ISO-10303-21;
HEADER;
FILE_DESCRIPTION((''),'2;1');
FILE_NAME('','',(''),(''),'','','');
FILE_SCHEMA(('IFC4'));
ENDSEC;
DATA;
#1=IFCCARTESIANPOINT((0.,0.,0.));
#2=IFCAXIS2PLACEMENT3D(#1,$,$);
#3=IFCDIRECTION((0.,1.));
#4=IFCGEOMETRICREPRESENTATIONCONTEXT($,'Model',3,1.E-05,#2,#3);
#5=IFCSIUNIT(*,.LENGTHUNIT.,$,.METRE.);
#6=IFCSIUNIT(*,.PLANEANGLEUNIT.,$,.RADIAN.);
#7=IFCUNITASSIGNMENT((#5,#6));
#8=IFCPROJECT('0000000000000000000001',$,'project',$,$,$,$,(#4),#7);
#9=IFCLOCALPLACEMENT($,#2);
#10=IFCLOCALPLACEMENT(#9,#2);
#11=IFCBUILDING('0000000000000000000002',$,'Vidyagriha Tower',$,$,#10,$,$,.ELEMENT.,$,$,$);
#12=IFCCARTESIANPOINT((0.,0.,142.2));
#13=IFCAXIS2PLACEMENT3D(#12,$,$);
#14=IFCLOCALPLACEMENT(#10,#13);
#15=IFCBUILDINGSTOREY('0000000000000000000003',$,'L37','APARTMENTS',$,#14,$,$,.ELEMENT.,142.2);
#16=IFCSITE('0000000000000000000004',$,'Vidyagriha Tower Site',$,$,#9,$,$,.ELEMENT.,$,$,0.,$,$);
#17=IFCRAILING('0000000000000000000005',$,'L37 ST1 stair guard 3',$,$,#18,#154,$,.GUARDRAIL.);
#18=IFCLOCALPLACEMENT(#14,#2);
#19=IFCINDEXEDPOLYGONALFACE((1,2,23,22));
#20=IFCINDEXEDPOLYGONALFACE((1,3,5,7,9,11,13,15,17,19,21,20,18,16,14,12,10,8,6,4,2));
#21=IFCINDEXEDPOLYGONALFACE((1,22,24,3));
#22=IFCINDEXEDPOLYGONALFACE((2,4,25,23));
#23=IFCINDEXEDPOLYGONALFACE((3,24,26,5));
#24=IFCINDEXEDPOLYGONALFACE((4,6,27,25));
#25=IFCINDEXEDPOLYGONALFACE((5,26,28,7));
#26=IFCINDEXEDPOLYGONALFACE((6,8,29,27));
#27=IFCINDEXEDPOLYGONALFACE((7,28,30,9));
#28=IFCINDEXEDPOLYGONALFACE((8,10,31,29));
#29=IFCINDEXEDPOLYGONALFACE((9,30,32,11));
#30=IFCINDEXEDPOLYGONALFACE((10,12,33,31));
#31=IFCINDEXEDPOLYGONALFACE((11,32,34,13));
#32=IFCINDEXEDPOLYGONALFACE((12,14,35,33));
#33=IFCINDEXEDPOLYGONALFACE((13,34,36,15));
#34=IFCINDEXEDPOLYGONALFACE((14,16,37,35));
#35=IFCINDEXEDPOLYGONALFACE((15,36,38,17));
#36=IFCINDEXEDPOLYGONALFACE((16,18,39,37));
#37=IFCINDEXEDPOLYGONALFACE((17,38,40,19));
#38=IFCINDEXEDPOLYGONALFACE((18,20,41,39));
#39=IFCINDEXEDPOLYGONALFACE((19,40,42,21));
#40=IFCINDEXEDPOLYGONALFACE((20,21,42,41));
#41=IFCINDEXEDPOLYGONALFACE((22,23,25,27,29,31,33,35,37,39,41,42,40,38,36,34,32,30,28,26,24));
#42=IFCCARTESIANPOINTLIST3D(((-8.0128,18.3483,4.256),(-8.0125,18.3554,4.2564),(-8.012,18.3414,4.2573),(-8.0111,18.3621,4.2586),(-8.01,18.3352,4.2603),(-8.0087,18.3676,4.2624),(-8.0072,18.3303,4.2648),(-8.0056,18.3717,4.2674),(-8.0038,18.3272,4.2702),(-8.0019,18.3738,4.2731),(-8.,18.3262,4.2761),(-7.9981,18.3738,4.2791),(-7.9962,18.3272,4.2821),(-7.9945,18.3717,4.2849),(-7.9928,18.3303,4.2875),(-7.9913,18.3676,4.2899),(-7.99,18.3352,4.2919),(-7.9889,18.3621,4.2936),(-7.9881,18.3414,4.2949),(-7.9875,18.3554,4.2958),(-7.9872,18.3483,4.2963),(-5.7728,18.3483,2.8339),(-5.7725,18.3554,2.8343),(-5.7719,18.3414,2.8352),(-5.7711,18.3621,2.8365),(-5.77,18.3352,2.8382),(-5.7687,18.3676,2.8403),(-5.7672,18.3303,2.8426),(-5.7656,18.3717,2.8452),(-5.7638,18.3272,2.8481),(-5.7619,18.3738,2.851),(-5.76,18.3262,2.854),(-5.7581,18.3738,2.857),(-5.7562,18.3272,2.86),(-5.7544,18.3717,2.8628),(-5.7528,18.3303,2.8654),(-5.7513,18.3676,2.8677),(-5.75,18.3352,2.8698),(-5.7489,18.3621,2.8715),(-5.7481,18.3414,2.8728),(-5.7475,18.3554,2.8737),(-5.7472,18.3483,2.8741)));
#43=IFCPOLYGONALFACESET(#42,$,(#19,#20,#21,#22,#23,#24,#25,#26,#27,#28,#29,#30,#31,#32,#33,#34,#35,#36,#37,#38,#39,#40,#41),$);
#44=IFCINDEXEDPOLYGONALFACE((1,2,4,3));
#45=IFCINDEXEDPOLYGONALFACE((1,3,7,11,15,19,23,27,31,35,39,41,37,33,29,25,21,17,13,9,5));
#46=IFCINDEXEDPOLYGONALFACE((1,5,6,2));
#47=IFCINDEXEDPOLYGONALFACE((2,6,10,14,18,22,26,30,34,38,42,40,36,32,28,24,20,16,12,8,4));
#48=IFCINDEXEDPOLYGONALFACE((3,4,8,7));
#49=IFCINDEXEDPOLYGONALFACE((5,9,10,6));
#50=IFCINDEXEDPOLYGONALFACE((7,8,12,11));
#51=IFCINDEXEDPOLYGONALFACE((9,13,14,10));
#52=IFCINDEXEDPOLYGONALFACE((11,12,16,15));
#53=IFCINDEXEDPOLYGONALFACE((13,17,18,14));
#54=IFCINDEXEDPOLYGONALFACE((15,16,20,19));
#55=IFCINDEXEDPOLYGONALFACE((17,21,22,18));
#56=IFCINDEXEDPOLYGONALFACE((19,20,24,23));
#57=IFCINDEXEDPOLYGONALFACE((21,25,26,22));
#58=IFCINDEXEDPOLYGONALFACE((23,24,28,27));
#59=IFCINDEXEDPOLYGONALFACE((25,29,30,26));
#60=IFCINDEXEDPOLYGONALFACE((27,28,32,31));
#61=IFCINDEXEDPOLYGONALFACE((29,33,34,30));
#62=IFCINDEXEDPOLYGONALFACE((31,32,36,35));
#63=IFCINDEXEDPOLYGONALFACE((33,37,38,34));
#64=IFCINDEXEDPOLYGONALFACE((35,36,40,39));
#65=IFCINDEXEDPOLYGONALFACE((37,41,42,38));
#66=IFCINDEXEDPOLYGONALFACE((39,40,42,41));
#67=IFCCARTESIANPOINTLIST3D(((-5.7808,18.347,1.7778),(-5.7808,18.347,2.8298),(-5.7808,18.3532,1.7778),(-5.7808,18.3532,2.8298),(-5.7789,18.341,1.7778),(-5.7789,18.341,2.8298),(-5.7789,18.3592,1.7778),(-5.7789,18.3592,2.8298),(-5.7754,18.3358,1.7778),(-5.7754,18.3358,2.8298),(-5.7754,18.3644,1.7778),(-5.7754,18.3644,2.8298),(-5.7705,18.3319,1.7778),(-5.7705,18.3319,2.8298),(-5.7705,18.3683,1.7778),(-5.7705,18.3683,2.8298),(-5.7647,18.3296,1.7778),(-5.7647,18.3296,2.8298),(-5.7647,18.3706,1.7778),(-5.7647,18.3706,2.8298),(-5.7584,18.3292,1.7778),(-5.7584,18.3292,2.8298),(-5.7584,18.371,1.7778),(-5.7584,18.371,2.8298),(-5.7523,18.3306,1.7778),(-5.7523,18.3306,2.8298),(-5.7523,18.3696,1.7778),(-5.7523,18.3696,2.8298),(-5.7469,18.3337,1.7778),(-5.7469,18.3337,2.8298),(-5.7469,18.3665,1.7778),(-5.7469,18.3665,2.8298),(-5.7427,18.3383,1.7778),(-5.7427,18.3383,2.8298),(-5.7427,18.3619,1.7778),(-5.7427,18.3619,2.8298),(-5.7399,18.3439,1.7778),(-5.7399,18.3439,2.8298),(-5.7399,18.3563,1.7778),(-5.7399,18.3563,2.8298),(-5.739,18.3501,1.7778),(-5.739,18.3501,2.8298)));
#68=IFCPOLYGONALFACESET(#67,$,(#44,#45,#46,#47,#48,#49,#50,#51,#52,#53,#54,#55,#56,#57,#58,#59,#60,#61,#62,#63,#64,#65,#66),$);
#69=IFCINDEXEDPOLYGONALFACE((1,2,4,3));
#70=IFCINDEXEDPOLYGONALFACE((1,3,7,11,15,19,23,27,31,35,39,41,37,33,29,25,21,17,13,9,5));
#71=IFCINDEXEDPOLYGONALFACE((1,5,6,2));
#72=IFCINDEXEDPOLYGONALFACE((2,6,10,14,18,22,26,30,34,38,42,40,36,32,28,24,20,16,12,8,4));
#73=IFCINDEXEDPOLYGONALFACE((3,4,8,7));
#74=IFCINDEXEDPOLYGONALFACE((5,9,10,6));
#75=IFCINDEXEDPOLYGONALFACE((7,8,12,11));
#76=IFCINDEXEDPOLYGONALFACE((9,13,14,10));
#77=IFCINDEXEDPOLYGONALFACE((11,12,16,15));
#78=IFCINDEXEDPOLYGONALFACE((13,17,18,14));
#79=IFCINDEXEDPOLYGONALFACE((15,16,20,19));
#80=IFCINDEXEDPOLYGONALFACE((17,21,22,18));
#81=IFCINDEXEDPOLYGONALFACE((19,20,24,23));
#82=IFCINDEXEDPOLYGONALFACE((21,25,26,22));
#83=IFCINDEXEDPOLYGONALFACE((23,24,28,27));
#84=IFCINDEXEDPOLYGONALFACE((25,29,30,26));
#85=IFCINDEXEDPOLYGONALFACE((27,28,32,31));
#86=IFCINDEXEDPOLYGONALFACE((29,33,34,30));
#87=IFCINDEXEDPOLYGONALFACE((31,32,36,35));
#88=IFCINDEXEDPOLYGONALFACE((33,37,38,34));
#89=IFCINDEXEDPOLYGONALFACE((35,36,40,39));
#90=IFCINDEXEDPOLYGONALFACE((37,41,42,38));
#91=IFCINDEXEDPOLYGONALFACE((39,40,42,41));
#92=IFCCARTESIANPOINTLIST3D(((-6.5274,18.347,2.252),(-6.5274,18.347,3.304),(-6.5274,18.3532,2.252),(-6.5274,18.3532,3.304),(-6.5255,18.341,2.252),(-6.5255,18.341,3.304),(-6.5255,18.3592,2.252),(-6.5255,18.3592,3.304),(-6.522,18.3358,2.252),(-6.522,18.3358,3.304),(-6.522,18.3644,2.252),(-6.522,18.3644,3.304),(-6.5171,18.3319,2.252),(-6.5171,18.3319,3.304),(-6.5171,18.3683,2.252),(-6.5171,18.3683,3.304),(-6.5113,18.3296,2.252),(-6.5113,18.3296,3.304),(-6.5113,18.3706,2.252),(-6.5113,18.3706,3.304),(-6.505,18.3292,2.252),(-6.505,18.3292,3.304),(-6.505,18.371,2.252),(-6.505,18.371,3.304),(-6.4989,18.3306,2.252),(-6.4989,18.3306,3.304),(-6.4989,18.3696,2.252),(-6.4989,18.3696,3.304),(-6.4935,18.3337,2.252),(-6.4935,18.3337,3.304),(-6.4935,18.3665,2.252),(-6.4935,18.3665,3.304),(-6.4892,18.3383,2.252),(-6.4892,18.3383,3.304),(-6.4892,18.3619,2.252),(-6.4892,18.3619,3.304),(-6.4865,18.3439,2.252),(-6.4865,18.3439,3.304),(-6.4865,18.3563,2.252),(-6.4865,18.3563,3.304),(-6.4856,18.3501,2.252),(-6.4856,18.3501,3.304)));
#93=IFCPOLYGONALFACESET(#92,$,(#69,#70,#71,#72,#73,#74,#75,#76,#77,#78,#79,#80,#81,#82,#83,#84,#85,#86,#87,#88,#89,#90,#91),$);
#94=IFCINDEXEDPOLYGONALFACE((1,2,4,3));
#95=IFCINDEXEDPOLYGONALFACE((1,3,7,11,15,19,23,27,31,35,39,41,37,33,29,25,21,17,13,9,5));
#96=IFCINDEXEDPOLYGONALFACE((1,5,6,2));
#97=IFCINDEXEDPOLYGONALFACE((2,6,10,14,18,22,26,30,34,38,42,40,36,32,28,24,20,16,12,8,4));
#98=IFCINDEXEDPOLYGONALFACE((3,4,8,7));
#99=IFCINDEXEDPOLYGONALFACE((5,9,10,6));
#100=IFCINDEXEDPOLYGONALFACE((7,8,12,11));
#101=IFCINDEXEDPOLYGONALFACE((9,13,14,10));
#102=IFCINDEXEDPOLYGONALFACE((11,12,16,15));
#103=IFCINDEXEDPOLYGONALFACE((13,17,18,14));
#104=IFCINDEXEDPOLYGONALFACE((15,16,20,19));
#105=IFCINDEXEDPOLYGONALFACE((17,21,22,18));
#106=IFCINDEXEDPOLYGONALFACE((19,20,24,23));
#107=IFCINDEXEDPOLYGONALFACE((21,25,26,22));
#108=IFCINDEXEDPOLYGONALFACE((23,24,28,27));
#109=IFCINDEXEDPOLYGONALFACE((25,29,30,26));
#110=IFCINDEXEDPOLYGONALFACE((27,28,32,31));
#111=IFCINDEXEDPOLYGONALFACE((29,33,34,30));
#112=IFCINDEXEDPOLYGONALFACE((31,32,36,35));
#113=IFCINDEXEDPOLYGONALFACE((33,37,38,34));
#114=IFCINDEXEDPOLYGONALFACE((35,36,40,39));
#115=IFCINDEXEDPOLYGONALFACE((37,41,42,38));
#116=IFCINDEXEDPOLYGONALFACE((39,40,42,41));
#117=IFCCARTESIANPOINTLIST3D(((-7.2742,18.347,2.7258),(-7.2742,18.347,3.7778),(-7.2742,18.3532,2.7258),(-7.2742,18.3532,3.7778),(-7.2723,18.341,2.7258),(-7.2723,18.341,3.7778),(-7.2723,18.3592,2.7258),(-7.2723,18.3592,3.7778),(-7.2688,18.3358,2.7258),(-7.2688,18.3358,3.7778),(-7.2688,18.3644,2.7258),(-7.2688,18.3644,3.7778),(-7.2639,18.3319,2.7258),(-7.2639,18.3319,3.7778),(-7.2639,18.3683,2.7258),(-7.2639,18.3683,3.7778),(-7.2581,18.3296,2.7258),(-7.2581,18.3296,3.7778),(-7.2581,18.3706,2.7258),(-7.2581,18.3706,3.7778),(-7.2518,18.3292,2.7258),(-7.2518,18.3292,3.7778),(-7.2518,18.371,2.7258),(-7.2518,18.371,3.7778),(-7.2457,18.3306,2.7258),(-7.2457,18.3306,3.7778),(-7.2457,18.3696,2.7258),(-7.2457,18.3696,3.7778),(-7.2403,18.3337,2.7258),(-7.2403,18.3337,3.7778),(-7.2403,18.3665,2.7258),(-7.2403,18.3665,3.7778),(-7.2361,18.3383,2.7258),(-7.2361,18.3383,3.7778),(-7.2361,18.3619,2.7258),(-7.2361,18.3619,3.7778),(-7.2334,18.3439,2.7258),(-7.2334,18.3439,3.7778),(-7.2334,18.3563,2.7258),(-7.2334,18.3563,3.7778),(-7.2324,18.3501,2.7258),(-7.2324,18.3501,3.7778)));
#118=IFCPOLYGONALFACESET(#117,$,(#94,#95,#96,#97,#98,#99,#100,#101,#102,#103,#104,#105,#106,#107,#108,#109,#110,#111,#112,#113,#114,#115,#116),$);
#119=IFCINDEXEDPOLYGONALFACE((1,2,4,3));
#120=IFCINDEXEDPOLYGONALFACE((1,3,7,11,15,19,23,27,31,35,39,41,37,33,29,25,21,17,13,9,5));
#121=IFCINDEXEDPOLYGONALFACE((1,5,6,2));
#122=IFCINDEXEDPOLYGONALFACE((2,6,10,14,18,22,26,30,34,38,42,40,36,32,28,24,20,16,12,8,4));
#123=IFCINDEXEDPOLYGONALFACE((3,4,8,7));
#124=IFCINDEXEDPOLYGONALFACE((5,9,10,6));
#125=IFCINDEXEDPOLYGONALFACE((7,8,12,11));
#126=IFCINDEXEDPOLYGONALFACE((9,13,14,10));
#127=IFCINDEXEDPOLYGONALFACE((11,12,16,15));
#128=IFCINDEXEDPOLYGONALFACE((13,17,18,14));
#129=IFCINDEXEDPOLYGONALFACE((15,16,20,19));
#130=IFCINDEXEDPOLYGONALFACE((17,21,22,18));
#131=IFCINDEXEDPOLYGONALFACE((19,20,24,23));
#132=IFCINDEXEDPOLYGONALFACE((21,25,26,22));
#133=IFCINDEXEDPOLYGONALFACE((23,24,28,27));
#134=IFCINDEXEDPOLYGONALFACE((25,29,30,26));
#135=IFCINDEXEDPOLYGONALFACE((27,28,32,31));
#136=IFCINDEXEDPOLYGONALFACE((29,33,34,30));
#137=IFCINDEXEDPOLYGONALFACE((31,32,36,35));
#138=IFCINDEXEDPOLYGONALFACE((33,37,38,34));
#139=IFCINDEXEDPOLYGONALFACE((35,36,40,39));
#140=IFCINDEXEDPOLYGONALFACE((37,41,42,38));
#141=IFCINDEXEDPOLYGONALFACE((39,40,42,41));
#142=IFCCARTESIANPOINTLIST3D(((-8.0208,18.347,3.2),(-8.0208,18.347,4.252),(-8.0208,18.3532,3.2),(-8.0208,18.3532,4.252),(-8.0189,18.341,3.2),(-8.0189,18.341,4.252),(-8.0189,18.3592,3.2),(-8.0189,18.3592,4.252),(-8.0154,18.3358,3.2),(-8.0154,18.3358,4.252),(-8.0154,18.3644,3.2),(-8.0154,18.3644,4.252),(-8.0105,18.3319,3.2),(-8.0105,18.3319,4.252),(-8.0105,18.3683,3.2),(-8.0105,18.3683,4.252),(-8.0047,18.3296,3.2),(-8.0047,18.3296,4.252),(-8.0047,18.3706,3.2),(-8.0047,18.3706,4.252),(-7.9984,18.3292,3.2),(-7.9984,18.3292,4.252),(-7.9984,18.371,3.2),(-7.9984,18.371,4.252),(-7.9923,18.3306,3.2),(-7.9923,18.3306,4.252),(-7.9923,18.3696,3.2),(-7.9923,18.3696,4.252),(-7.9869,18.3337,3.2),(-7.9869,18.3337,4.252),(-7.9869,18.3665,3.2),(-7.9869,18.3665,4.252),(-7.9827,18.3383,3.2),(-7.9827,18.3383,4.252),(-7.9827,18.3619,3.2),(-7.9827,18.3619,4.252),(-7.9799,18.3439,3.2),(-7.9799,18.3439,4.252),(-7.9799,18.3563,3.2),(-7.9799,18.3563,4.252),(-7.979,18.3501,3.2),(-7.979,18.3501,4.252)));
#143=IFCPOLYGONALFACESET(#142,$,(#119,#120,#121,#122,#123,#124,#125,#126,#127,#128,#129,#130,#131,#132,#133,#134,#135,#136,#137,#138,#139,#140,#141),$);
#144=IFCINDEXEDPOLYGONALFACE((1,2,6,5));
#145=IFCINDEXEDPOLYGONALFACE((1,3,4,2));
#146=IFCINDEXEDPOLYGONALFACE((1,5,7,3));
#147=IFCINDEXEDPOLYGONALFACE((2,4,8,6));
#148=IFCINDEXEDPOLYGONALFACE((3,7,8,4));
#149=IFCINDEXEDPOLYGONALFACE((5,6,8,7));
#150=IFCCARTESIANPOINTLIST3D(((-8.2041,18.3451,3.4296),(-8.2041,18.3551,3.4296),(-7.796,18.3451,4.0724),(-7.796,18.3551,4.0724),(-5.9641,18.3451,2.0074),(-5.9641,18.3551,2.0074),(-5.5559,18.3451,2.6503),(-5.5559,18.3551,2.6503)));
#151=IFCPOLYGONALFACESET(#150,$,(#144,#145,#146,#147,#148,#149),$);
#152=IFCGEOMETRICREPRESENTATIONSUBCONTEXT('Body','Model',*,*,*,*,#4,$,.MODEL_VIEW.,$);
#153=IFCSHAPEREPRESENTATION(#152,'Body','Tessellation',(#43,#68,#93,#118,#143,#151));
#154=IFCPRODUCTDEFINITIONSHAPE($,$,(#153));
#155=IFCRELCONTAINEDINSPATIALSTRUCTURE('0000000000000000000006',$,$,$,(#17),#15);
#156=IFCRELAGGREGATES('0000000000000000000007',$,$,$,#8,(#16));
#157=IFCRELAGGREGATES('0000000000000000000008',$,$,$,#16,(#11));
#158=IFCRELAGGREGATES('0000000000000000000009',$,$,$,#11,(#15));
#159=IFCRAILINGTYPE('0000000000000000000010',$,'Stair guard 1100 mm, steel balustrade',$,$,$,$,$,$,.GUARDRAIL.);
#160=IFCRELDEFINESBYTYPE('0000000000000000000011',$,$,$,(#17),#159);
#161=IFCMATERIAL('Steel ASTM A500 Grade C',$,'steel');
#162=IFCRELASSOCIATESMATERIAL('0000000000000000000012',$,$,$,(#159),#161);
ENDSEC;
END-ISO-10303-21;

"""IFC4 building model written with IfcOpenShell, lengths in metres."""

from ifc_helpers import new_model, si_unit, direction, frame, origin, origin_2d, place, context, subcontext, project, spatial, rectangle, circle, extrude, material, type_object, element, save


model = new_model("IFC4")

# Units and contexts
model_context = context("Model", 3, precision=1e-05, world=origin(), true_north=direction((0.0, 1.0)))
body_context = subcontext(model_context, "Body", "Model", "MODEL_VIEW")
ifc_project = project(units=[si_unit("LENGTHUNIT", "METRE"), si_unit("PLANEANGLEUNIT", "RADIAN")], contexts=[model_context])

# Site, building, storey
site_placement = place(None, origin())
site = spatial("IfcSite", under=ifc_project, at=site_placement, Name="Vidyagriha Tower Site", CompositionType="ELEMENT", RefElevation=0.0)
building_placement = place(site_placement, origin())
building = spatial("IfcBuilding", under=site, at=building_placement, Name="Vidyagriha Tower", CompositionType="ELEMENT")
storey_placement = place(building_placement, frame((0.0, 0.0, 142.2)))
storey = spatial("IfcBuildingStorey", under=building, at=storey_placement, Name="L37", Description="APARTMENTS", CompositionType="ELEMENT", Elevation=142.2)

# Railing
ifc_material_1 = material(Name="Steel ASTM A500 Grade C", Category="steel")
railing_type_1 = type_object("IfcRailingType", Name="Stair guard 1100 mm, steel balustrade", PredefinedType="GUARDRAIL", material=ifc_material_1)
railing_1_placement = place(storey_placement, frame((-5.76, 18.3501, 1.7778)))
element("IfcRailing", 1, at=railing_1_placement, inside=storey, type_object=railing_type_1, Name="L37 ST1 stair guard 3", PredefinedType="GUARDRAIL", context=body_context, shape_type="SweptSolid", body=[
    extrude(circle(Radius=0.0239, at=origin_2d()), frame((0.0, 0.0, 1.0762), z_axis=(-0.844229, 0.0, 0.535982), x_axis=(0.0, -1.0, 0.0)), (0.0, 0.0, 1.0), 2.6533),
    extrude(circle(Radius=0.021, at=origin_2d()), origin(), (0.0, 0.0, 1.0), 1.052),
    extrude(circle(Radius=0.021, at=origin_2d()), frame((-0.7466, 0.0, 0.4741)), (0.0, 0.0, 1.0), 1.052),
    extrude(circle(Radius=0.021, at=origin_2d()), frame((-1.4934, 0.0, 0.948)), (0.0, 0.0, 1.0), 1.052),
    extrude(circle(Radius=0.021, at=origin_2d()), frame((-2.24, 0.0, 1.4221)), (0.0, 0.0, 1.0), 1.052),
    extrude(rectangle(XDim=0.01, YDim=0.7615, at=origin_2d()), frame((0.0, 0.0, 0.551), z_axis=(-0.844229, 0.0, 0.535982), x_axis=(0.0, -1.0, 0.0)), (0.0, 0.0, 1.0), 2.6533),
])

save(model, "model.ifc")
